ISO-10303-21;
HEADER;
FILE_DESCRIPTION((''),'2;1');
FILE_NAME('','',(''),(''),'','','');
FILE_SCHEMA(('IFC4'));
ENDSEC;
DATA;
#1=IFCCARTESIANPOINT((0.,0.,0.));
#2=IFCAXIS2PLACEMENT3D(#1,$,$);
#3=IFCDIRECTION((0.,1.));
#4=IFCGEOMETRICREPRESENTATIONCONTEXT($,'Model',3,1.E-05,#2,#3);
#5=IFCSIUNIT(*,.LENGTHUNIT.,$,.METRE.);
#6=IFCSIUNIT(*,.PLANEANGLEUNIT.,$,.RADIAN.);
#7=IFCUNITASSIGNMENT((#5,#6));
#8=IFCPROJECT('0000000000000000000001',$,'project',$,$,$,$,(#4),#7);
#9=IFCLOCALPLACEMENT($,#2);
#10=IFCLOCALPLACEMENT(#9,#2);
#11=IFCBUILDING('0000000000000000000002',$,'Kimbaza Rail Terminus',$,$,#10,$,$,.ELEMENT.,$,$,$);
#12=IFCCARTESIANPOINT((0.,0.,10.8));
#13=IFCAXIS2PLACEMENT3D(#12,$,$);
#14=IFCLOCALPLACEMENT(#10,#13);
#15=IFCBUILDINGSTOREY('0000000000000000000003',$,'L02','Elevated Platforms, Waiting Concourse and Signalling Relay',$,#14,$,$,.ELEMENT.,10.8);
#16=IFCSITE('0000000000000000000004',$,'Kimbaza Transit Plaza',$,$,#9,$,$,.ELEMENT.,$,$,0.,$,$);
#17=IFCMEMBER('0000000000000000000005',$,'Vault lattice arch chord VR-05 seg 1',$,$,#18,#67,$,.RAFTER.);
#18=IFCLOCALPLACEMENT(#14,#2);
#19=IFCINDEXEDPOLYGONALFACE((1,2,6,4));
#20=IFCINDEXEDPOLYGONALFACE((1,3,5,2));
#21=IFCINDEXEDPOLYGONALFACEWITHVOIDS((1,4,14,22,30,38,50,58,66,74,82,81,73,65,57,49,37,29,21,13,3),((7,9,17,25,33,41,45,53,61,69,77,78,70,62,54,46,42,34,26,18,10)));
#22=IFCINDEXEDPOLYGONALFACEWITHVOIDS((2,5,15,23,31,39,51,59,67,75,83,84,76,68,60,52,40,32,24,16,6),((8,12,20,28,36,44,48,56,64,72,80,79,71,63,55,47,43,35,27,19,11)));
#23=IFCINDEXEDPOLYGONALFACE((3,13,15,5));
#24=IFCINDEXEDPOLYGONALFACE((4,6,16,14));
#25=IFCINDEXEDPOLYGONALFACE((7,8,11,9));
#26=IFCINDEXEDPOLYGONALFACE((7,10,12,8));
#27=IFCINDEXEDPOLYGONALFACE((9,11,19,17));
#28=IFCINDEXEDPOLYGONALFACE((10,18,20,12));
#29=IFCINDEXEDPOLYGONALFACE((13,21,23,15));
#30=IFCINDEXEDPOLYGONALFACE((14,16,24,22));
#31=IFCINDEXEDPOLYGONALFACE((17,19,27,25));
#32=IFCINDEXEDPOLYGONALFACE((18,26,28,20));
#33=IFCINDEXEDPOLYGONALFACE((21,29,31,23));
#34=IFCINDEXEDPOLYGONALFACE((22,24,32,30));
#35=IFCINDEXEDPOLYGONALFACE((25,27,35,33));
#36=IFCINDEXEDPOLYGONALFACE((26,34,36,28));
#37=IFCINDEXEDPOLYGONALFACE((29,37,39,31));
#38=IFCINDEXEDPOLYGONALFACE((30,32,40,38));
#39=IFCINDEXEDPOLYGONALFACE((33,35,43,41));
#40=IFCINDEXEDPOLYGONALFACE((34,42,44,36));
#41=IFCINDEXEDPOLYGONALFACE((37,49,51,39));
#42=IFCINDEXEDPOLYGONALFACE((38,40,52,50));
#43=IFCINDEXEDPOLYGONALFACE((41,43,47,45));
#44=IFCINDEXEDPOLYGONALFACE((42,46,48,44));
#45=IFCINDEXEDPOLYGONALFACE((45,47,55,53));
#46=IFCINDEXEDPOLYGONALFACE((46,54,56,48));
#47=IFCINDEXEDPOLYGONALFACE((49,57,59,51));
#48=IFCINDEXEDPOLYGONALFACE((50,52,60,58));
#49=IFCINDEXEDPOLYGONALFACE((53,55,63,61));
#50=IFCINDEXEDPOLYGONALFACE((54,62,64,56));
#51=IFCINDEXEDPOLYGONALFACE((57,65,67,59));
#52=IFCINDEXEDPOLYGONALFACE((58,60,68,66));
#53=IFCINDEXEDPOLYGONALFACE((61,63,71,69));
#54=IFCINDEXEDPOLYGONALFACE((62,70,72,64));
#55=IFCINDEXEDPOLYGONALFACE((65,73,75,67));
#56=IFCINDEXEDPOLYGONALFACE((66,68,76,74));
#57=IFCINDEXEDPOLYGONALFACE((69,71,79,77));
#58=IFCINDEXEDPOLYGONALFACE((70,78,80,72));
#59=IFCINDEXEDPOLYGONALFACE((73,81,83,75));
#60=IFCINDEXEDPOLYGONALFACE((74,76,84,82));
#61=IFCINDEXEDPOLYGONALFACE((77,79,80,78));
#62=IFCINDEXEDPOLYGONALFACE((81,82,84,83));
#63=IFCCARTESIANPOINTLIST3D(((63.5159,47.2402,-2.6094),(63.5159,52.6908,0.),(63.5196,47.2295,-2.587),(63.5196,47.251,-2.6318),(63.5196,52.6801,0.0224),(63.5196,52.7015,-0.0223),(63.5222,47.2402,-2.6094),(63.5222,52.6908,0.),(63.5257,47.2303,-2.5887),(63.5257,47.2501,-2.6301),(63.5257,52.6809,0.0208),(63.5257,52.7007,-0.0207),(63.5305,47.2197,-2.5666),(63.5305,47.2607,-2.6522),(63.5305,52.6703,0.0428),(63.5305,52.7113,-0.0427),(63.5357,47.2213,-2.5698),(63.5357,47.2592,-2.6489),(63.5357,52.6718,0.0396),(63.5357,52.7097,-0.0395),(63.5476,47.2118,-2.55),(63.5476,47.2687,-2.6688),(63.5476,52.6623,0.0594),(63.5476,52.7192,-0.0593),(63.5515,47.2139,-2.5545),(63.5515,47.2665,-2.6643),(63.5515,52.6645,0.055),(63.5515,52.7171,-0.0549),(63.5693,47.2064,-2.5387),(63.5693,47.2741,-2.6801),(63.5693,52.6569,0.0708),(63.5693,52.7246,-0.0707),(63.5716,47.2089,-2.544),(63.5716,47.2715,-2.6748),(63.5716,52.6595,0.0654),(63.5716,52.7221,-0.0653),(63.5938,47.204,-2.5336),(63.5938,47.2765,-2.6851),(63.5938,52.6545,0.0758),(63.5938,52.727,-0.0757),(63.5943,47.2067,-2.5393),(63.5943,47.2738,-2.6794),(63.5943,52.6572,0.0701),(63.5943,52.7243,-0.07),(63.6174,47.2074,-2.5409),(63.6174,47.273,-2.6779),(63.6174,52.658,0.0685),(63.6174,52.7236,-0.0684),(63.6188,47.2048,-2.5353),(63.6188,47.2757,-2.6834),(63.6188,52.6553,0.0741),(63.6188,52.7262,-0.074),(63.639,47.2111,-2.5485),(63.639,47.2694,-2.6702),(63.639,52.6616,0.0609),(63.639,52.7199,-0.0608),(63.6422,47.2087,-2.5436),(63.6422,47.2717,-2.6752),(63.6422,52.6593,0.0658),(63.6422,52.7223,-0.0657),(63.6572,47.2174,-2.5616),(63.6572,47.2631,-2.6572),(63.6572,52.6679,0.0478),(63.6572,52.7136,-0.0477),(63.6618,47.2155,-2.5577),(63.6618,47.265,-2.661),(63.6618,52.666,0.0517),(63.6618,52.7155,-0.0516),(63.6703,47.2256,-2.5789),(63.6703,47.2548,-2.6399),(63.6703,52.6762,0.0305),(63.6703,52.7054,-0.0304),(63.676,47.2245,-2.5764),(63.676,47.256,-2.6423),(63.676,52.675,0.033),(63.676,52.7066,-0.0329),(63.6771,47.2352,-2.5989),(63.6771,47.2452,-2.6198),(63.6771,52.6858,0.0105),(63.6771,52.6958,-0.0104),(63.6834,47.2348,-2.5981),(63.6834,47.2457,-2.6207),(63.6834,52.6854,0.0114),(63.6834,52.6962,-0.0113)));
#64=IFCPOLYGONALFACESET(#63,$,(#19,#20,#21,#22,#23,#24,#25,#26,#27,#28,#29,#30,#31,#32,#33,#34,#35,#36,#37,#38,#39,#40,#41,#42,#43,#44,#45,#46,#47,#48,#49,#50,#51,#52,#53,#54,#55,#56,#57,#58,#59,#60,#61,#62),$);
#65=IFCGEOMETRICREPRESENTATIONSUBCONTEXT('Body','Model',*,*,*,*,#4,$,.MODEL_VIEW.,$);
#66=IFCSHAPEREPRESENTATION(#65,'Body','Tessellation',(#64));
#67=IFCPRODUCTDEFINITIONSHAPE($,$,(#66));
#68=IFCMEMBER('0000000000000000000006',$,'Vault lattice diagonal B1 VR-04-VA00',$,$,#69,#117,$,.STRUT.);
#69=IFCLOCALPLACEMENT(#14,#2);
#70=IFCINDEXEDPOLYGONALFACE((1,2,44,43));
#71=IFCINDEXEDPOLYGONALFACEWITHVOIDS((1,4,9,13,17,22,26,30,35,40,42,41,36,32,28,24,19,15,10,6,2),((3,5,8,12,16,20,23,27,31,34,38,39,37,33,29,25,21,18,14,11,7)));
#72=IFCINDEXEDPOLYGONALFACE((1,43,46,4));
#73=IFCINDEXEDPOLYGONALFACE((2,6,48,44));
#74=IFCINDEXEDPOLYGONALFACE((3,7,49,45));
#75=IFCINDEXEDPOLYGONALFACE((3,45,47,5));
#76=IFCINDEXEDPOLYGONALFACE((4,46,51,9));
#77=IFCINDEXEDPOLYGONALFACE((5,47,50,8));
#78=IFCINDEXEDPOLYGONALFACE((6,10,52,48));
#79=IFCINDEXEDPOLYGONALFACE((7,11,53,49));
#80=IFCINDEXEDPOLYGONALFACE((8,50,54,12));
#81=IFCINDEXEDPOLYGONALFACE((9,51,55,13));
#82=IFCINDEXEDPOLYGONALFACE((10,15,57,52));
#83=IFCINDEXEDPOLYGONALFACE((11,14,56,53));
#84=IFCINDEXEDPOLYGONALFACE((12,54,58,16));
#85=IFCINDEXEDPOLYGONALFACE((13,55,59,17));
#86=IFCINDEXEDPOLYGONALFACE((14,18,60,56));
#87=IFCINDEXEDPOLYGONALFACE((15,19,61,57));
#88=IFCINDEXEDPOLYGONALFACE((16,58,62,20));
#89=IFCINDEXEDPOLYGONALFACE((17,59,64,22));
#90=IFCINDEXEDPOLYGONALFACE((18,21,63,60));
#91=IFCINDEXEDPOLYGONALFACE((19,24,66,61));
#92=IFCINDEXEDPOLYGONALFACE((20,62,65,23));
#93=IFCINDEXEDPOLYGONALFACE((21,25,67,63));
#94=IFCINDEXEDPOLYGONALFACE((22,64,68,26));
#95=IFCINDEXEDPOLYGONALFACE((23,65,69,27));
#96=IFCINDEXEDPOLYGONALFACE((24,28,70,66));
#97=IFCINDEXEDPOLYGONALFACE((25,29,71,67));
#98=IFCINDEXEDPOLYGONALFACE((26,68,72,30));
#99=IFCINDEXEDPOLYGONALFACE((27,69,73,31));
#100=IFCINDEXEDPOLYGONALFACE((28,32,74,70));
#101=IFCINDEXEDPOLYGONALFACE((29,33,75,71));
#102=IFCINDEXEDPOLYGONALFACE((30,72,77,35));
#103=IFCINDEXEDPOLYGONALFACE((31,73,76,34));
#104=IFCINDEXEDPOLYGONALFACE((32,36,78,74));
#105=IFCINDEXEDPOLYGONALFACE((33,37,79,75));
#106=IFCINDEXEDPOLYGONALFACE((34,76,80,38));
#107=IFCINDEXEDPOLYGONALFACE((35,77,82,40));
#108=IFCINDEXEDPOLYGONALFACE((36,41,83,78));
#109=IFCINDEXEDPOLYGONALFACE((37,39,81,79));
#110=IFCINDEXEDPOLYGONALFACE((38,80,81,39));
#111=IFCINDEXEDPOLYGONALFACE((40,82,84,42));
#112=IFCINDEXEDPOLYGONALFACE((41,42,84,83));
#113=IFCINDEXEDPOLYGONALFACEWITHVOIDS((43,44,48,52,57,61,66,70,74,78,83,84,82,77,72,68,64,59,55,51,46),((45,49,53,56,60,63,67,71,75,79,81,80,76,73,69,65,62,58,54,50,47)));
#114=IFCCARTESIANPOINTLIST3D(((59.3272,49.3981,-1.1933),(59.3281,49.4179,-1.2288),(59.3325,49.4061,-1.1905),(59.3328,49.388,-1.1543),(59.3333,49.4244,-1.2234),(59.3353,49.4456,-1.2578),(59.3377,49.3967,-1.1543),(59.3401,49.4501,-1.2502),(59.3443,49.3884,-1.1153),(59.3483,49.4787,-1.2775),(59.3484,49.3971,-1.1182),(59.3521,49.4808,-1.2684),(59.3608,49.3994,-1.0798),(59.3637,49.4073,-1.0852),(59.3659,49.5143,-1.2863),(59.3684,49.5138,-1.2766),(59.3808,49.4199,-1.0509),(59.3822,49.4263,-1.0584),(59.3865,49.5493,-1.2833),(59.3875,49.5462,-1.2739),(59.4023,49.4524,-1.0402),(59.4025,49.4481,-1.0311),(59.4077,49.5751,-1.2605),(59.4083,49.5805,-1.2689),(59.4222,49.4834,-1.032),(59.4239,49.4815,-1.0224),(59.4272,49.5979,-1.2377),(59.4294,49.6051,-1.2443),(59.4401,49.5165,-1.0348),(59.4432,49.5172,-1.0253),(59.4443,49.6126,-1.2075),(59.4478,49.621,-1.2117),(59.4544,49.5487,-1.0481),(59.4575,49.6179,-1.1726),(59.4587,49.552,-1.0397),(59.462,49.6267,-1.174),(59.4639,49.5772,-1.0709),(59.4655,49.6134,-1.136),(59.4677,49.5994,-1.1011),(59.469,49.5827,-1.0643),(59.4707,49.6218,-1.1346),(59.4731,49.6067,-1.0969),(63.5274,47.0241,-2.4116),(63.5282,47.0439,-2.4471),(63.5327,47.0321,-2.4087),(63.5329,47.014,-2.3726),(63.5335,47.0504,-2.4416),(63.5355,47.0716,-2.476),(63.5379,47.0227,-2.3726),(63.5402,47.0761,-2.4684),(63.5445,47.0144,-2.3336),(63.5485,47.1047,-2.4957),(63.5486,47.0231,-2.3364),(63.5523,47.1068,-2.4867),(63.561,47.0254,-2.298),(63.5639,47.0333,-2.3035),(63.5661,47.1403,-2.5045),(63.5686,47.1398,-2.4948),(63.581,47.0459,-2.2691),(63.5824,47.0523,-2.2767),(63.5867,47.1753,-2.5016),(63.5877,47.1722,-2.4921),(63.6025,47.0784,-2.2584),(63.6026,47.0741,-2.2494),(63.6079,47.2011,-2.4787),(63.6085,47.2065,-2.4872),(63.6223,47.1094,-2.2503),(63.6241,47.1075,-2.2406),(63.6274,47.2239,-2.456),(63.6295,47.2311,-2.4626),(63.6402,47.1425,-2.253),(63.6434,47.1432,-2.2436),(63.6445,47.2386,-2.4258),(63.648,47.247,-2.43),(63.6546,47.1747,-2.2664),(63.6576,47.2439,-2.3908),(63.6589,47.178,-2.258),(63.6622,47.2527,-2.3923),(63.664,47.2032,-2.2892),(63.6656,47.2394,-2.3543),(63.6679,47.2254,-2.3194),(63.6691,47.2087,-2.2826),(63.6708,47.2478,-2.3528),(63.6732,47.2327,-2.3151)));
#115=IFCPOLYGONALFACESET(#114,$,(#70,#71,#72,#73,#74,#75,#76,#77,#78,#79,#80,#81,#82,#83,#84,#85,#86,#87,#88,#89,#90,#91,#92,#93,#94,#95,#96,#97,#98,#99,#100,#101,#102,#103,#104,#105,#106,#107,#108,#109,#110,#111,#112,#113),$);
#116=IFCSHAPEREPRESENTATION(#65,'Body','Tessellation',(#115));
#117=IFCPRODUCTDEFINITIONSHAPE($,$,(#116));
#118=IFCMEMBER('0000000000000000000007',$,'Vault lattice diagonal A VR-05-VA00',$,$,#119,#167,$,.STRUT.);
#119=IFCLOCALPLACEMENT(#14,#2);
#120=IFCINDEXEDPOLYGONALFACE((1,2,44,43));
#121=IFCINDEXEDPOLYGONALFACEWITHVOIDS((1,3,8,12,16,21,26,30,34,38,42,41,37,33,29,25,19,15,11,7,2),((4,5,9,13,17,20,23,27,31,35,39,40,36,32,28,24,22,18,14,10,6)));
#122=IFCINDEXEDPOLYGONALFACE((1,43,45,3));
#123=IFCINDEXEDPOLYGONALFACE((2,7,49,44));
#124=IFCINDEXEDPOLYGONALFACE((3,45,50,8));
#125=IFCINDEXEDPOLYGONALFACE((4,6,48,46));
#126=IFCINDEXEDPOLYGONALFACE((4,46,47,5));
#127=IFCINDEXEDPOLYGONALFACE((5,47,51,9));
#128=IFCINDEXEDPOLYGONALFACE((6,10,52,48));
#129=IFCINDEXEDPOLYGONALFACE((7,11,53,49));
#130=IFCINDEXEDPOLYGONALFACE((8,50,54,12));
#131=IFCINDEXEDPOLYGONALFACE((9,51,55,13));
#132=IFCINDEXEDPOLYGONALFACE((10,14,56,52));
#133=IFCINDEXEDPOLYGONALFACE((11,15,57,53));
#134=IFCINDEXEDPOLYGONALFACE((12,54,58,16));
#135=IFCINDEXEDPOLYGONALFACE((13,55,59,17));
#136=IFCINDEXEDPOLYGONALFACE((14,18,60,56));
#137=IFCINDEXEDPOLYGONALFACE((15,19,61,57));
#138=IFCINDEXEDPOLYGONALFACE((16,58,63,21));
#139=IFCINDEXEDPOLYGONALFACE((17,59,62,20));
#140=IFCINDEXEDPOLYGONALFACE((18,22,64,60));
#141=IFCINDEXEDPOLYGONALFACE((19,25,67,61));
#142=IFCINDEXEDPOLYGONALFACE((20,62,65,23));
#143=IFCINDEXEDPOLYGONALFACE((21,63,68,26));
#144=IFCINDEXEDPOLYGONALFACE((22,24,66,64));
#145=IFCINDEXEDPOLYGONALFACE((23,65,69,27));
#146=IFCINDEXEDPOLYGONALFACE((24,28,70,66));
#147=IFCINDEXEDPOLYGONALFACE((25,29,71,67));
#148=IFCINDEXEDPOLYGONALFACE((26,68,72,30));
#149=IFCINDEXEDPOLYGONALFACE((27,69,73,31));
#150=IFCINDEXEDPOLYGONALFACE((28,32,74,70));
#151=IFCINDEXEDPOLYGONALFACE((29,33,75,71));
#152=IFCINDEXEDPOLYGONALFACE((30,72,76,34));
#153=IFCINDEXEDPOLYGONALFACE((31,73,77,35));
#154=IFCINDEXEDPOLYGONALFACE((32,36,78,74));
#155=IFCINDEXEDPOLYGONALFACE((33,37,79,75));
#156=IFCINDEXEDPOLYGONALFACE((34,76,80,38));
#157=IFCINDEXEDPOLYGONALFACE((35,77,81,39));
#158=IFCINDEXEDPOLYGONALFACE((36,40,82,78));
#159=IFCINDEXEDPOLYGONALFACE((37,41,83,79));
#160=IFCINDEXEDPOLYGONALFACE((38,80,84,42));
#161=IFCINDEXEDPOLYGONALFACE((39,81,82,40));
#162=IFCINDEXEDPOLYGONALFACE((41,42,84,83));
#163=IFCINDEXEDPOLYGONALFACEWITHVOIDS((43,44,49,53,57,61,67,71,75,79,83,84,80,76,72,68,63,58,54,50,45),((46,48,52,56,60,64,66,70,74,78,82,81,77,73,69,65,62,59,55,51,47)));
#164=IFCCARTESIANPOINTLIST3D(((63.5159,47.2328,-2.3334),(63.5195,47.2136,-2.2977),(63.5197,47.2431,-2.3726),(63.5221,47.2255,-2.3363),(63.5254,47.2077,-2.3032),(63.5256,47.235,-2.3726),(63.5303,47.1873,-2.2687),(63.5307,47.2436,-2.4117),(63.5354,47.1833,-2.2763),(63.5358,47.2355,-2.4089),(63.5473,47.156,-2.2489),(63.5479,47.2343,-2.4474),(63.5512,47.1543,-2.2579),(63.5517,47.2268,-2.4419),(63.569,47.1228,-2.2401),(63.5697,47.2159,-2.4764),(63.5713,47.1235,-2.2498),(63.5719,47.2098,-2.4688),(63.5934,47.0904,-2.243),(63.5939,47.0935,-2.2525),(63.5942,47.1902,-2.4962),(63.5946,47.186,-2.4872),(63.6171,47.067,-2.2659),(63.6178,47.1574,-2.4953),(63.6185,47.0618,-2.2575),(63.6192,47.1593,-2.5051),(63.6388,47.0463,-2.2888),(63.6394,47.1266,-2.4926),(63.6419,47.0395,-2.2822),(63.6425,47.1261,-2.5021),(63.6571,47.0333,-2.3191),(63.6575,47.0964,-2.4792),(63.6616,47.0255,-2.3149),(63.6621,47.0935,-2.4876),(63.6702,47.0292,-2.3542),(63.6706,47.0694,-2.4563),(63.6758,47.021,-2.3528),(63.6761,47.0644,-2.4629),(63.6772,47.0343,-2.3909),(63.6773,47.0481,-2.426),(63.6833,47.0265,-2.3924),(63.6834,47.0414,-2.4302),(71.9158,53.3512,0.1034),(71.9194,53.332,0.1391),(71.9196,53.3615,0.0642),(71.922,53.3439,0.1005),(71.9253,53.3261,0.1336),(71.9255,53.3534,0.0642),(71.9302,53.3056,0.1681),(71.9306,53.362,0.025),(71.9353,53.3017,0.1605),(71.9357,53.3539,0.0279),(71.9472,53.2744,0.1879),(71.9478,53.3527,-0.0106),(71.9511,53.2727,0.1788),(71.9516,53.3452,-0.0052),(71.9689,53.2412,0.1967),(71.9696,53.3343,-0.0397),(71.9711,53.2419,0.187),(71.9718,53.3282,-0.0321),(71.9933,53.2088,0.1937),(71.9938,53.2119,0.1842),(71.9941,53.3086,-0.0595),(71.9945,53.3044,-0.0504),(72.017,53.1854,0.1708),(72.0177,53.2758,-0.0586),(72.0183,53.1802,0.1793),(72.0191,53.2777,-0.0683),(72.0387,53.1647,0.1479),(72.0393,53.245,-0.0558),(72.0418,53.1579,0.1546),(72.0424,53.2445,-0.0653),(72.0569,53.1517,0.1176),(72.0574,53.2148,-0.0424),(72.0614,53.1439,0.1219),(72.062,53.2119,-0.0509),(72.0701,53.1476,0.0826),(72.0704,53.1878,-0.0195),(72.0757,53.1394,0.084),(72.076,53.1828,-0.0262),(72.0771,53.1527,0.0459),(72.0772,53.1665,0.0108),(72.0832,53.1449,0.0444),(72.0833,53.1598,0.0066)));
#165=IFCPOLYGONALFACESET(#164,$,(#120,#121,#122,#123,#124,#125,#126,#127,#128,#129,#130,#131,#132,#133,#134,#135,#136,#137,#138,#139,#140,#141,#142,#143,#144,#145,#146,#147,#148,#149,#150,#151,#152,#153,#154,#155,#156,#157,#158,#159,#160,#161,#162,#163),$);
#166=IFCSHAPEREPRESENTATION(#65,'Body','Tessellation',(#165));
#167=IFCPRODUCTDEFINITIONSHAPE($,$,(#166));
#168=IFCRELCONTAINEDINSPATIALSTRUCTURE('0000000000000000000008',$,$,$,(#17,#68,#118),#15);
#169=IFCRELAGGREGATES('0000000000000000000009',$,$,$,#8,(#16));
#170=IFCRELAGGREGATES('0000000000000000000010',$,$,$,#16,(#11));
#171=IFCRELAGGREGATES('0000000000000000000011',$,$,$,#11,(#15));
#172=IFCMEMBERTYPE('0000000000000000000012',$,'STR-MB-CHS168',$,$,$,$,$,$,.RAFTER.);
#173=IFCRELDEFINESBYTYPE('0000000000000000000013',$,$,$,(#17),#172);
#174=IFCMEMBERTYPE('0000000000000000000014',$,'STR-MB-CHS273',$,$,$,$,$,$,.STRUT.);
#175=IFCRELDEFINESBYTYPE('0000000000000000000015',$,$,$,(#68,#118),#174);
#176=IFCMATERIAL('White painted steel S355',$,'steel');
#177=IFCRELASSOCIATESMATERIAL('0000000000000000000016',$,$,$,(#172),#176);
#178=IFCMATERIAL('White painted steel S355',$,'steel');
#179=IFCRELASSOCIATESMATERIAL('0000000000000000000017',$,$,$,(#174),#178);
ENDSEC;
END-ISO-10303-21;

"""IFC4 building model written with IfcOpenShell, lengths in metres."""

from ifc_helpers import new_model, si_unit, direction, frame, origin, origin_2d, place, context, subcontext, project, spatial, hollow_circle, extrude, material, material_profile, profile_set, type_object, element, save


model = new_model("IFC4")

# Units and contexts
model_context = context("Model", 3, precision=1e-05, world=origin(), true_north=direction((0.0, 1.0)))
body_context = subcontext(model_context, "Body", "Model", "MODEL_VIEW")
ifc_project = project(units=[si_unit("LENGTHUNIT", "METRE"), si_unit("PLANEANGLEUNIT", "RADIAN")], contexts=[model_context])

# Site, building, storey
site_placement = place(None, origin())
site = spatial("IfcSite", under=ifc_project, at=site_placement, Name="Kimbaza Transit Plaza", CompositionType="ELEMENT", RefElevation=0.0)
building_placement = place(site_placement, origin())
building = spatial("IfcBuilding", under=site, at=building_placement, Name="Kimbaza Rail Terminus", CompositionType="ELEMENT")
storey_placement = place(building_placement, frame((0.0, 0.0, 10.8)))
storey = spatial("IfcBuildingStorey", under=building, at=storey_placement, Name="L02", Description="Elevated Platforms, Waiting Concourse and Signalling Relay", CompositionType="ELEMENT", Elevation=10.8)

# Members
ifc_material_1 = material(Name="White painted steel S355", Category="steel")
ifc_material_profile_1 = material_profile(ifc_material_1, hollow_circle(Radius=0.0842, WallThickness=0.0063, at=origin_2d()), Name="CHS 168.3x6.3")
ifc_profile_set_1 = profile_set([ifc_material_profile_1], Name="White painted steel S355")
member_type_1 = type_object("IfcMemberType", Name="STR-MB-CHS168", PredefinedType="RAFTER", material=ifc_profile_set_1)
member_1_placement = place(storey_placement, frame((63.6001, 47.2402, -2.6094), z_axis=(0.0, 0.901964, 0.431811), x_axis=(-1.0, 0.0, 0.0)))
element("IfcMember", 1, at=member_1_placement, inside=storey, type_object=member_type_1, Name="Vault lattice arch chord VR-05 seg 1", PredefinedType="RAFTER", context=body_context, shape_type="SweptSolid", body=[
    extrude(hollow_circle(Radius=0.0842, WallThickness=0.0063, at=origin_2d()), origin(), (0.0, 0.0, 1.0), 6.043),
])
ifc_material_2 = material(Name="White painted steel S355", Category="steel")
ifc_material_profile_2 = material_profile(ifc_material_2, hollow_circle(Radius=0.1365, WallThickness=0.01, at=origin_2d()), Name="CHS 273x10")
ifc_profile_set_2 = profile_set([ifc_material_profile_2], Name="White painted steel S355")
member_type_2 = type_object("IfcMemberType", Name="STR-MB-CHS273", PredefinedType="STRUT", material=ifc_profile_set_2)
member_2_placement = place(storey_placement, frame((63.6001, 47.1328, -2.3726), z_axis=(-0.84407, 0.477083, 0.244822), x_axis=(-0.492057, -0.870563, 0.0)))
element("IfcMember", 2, at=member_2_placement, inside=storey, type_object=member_type_2, Name="Vault lattice diagonal B1 VR-04-VA00", PredefinedType="STRUT", context=body_context, shape_type="SweptSolid", body=[
    extrude(hollow_circle(Radius=0.1365, WallThickness=0.01, at=origin_2d()), origin(), (0.0, 0.0, 1.0), 4.9761),
])
member_3_placement = place(storey_placement, frame((63.6001, 47.1328, -2.3726), z_axis=(0.786961, 0.573215, 0.228293), x_axis=(-0.588762, 0.808306, 0.0)))
element("IfcMember", 3, at=member_3_placement, inside=storey, type_object=member_type_2, Name="Vault lattice diagonal A VR-05-VA00", PredefinedType="STRUT", context=body_context, shape_type="SweptSolid", body=[
    extrude(hollow_circle(Radius=0.1365, WallThickness=0.01, at=origin_2d()), origin(), (0.0, 0.0, 1.0), 10.6738),
])

save(model, "model.ifc")
